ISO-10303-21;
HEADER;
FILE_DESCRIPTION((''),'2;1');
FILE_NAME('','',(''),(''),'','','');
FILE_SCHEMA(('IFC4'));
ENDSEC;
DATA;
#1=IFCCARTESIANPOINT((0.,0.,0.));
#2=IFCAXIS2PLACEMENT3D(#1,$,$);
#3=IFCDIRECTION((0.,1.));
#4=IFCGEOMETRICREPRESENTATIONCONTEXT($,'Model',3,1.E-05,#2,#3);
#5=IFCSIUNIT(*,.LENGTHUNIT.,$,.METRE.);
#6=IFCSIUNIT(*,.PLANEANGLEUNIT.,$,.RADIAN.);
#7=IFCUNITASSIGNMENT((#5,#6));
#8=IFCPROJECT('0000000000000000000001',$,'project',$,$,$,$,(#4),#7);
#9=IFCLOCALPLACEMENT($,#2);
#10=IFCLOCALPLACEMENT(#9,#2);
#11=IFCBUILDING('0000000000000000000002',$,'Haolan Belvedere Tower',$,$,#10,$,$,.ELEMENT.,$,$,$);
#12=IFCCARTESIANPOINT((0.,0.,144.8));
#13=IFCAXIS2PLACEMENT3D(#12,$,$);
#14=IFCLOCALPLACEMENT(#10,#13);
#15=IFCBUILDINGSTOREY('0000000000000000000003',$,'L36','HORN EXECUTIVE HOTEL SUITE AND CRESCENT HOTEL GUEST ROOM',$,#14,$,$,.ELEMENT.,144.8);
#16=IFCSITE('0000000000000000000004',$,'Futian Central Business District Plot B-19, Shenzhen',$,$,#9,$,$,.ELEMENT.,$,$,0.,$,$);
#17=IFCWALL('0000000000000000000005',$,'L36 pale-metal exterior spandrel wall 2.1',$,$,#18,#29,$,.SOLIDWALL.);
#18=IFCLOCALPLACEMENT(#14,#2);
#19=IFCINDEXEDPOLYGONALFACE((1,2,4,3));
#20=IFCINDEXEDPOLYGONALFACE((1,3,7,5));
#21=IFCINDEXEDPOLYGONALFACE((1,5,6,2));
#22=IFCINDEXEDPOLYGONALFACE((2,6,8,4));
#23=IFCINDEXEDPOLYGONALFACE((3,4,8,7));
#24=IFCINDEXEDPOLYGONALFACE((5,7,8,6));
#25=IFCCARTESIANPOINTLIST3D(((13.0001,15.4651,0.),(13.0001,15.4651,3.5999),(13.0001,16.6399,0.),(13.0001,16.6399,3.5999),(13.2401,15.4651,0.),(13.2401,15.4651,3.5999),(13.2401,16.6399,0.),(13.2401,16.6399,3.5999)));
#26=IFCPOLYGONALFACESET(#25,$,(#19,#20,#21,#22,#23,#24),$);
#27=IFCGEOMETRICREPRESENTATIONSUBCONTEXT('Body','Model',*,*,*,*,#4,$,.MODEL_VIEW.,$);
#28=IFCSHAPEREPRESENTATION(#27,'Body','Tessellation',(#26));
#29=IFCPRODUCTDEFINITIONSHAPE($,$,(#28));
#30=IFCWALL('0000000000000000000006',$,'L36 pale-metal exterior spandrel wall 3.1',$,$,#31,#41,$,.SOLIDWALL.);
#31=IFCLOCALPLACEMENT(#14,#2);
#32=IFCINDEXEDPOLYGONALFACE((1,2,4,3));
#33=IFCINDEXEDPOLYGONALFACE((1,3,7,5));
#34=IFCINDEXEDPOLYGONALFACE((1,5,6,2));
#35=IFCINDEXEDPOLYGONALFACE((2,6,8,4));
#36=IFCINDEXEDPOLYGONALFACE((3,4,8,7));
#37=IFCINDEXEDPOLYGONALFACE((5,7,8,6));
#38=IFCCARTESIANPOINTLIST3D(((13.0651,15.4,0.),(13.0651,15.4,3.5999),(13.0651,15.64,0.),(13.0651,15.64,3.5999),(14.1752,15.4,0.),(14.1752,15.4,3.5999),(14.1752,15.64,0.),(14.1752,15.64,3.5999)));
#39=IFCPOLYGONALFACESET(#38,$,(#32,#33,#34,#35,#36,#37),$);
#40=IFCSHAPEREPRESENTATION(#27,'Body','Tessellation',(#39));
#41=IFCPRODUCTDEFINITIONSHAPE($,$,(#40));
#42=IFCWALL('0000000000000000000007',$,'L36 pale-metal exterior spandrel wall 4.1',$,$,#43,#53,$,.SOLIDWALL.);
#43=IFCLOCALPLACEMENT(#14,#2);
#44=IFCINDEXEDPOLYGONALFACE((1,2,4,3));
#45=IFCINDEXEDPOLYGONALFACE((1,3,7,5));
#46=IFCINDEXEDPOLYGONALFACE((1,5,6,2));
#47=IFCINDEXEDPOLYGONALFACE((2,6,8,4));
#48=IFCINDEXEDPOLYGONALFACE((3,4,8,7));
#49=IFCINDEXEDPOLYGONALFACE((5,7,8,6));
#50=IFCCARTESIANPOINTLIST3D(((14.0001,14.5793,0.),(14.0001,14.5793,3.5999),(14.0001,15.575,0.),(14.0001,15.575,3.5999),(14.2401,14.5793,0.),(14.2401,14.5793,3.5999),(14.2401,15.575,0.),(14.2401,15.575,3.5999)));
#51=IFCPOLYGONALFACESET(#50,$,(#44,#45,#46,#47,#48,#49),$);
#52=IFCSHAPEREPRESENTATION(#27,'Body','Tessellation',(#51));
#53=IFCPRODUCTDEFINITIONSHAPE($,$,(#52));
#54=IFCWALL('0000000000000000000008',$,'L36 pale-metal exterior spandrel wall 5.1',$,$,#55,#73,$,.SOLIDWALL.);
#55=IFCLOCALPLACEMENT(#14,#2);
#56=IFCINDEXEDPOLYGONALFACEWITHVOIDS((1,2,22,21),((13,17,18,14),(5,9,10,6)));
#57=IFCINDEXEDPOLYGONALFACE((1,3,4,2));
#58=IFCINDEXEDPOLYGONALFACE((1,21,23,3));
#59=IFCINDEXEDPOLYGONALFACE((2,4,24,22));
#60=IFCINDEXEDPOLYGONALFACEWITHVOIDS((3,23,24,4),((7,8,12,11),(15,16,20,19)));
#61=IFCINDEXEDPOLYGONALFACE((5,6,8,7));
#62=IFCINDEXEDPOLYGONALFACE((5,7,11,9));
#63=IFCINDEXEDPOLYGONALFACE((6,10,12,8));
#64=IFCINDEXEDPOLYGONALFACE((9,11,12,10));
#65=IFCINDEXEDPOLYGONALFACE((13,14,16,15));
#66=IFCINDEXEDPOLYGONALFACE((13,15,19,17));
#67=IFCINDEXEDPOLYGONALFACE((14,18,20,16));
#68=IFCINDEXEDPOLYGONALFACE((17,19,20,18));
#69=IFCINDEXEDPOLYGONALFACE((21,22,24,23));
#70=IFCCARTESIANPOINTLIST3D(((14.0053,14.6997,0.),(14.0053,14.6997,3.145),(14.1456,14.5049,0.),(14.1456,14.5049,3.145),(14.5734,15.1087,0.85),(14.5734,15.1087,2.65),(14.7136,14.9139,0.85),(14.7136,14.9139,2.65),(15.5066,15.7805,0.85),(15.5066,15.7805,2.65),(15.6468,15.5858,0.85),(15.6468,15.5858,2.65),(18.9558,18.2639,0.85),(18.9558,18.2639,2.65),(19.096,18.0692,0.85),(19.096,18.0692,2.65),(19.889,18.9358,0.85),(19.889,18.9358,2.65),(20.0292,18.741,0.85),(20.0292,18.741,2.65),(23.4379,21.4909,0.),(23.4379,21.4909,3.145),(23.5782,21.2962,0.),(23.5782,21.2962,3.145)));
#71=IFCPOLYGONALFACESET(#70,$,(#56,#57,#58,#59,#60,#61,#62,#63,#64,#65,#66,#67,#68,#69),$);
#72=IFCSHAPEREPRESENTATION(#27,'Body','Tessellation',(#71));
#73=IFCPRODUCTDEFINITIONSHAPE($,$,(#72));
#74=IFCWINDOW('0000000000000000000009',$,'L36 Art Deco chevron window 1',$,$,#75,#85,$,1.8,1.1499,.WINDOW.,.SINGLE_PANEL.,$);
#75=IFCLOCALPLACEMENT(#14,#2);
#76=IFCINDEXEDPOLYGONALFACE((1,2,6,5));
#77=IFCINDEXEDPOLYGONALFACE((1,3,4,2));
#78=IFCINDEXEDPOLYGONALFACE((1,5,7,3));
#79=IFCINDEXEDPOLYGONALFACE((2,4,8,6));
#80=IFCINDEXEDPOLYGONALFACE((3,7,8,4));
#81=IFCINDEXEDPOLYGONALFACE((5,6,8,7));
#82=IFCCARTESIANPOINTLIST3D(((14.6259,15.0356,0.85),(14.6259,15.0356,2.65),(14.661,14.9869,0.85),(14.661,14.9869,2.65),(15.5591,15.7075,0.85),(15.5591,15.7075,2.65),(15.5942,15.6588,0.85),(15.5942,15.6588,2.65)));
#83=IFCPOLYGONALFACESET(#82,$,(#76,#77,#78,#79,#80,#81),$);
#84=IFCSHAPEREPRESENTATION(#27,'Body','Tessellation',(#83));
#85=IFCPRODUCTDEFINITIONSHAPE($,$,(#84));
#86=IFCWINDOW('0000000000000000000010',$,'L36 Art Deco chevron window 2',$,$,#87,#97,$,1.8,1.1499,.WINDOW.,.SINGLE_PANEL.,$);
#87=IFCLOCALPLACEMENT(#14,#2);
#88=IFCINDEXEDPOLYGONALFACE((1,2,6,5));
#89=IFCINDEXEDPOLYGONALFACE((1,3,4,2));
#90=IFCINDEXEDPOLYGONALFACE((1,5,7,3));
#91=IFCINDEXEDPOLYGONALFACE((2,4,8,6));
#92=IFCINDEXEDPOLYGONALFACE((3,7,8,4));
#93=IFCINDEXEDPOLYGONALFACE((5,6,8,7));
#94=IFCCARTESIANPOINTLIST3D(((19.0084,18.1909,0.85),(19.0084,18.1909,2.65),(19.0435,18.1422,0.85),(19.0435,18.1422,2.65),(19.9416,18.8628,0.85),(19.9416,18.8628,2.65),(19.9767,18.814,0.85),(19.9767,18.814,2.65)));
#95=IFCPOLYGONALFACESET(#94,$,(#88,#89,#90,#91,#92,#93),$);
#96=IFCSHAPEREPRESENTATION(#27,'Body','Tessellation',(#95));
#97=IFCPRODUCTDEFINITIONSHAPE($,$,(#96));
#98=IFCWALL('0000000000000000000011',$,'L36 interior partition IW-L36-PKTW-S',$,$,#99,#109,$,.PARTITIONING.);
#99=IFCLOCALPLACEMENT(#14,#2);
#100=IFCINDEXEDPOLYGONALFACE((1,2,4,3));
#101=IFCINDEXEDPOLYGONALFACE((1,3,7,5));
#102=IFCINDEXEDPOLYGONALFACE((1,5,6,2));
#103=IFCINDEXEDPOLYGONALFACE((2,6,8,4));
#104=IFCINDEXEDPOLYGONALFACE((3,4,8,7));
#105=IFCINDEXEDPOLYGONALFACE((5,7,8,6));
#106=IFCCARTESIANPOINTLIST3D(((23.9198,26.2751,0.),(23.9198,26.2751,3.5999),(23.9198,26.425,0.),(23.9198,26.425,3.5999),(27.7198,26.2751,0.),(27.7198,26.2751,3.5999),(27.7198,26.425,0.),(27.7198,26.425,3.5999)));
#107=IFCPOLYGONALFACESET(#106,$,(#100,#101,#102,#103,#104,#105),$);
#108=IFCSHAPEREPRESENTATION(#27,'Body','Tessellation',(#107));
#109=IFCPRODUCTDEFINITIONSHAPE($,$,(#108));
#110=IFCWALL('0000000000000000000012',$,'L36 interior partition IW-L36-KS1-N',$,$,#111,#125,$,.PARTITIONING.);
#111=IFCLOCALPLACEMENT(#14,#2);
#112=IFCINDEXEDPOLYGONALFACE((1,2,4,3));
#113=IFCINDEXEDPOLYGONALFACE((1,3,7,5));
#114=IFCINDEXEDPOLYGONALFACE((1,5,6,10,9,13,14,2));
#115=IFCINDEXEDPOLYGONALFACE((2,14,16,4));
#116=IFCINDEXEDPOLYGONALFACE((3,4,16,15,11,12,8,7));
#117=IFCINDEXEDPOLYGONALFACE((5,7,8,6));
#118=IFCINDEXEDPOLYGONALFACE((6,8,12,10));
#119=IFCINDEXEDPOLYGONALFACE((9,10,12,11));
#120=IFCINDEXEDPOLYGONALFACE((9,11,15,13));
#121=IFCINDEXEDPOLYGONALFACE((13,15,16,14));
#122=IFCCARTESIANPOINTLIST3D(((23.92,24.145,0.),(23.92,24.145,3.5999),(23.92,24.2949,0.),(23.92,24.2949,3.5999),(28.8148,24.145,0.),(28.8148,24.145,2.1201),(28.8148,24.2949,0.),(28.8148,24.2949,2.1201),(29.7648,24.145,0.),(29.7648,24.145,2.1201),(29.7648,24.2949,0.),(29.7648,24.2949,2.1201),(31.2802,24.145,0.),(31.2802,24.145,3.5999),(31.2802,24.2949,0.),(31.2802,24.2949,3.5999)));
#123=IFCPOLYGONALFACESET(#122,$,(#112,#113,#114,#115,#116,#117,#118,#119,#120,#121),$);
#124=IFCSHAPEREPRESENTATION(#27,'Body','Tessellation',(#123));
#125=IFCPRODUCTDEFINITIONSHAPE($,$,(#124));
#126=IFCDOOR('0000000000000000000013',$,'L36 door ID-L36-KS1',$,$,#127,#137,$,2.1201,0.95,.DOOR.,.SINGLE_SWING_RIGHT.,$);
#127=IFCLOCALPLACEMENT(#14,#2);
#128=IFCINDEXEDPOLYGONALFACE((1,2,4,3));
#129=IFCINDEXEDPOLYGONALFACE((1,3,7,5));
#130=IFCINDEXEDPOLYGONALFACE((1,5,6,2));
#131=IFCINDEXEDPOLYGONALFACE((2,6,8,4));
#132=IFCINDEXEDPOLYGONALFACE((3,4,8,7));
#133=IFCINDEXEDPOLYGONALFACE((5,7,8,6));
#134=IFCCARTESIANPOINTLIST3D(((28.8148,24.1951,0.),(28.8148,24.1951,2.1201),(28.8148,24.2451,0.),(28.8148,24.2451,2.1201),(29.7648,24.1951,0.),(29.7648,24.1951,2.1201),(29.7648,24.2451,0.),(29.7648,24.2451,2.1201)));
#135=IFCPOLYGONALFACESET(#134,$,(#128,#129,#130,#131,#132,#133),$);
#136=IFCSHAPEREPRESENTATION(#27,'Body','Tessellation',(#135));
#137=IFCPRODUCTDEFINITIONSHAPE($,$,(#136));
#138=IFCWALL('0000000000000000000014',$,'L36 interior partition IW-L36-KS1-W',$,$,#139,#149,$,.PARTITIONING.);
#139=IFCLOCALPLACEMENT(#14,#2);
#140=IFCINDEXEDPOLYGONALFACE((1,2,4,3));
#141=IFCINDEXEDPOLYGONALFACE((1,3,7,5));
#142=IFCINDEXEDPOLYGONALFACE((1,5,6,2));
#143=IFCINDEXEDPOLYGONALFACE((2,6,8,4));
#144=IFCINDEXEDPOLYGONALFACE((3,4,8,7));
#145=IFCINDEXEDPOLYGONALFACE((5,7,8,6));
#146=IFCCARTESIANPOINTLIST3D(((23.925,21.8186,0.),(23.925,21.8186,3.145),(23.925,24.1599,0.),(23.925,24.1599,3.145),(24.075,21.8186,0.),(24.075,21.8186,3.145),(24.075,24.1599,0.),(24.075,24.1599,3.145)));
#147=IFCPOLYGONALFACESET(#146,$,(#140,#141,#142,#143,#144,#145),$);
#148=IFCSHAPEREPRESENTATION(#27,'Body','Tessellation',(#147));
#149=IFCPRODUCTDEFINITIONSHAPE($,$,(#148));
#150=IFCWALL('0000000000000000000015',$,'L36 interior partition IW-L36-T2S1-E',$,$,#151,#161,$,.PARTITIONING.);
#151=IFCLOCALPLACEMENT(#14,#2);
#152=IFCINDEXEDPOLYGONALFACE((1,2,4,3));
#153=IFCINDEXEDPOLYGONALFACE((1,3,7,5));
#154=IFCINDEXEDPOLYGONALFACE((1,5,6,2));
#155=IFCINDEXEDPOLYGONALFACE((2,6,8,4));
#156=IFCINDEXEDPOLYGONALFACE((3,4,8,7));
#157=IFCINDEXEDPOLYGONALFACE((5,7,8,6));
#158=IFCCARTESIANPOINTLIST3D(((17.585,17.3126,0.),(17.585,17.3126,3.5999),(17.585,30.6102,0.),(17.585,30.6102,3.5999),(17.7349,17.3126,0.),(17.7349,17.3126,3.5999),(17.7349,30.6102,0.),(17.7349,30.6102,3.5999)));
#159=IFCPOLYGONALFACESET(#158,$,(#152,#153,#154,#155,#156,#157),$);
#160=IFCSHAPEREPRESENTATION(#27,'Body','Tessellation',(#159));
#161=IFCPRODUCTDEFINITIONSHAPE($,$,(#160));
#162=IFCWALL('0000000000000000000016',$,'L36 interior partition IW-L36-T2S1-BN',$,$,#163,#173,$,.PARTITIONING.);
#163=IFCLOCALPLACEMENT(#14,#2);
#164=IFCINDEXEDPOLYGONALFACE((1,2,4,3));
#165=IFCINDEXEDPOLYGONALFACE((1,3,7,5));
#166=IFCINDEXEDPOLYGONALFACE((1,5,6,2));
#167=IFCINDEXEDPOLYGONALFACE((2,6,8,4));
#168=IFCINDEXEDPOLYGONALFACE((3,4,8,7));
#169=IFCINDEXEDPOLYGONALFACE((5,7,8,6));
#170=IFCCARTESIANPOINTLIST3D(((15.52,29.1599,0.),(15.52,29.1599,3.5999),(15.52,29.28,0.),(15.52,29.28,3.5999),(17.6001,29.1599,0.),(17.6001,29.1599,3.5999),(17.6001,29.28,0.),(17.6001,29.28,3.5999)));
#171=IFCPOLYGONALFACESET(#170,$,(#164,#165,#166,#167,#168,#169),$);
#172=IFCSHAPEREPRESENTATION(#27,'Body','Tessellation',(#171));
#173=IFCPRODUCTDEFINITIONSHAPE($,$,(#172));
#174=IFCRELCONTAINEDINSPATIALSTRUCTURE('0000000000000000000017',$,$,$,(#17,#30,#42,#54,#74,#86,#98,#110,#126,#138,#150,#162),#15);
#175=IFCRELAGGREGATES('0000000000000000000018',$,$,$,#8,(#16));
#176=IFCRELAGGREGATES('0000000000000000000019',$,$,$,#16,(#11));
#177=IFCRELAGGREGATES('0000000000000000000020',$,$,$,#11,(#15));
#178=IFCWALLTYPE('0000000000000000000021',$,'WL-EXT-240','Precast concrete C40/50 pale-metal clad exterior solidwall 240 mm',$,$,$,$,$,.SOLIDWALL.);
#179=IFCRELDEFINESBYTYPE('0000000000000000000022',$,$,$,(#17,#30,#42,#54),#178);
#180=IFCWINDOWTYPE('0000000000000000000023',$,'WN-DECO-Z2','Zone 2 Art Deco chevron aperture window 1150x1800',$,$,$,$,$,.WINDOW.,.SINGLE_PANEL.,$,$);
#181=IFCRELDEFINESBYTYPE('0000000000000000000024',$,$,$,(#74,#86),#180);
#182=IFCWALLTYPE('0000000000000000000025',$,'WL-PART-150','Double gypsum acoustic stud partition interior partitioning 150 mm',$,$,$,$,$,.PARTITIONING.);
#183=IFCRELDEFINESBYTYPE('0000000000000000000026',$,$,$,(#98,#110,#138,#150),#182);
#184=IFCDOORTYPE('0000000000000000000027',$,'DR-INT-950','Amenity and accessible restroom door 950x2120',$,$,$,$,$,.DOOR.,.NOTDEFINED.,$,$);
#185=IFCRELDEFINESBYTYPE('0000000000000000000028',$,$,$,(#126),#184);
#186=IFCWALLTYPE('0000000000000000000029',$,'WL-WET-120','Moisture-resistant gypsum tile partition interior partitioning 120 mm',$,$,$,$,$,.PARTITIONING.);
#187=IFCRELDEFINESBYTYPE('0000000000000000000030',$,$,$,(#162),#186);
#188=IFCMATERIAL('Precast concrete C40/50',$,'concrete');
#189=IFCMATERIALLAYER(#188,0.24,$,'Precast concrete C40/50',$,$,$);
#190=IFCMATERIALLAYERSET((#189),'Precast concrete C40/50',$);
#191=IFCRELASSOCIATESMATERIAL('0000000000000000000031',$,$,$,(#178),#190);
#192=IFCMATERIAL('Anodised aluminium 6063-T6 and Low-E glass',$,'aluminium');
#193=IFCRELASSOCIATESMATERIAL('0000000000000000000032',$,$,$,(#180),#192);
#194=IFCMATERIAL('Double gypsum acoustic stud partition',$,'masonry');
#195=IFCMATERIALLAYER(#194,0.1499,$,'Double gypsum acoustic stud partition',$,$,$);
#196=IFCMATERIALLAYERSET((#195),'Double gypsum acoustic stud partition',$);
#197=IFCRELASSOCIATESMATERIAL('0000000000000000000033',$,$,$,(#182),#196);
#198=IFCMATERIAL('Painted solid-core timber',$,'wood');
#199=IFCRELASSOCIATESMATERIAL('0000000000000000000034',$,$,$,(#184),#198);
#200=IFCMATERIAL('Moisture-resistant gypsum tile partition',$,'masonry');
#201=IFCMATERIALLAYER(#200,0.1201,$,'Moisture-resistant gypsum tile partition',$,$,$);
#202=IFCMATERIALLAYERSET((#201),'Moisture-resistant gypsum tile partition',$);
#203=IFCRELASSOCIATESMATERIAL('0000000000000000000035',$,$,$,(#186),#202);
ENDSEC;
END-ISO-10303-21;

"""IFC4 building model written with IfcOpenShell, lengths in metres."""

from ifc_helpers import new_model, si_unit, direction, frame, frame_2d, origin, place, context, subcontext, project, spatial, rectangle, extrude, material, layer, layer_set, type_object, element, fill, save


model = new_model("IFC4")

# Units and contexts
model_context = context("Model", 3, precision=1e-05, world=origin(), true_north=direction((0.0, 1.0)))
body_context = subcontext(model_context, "Body", "Model", "MODEL_VIEW")
ifc_project = project(units=[si_unit("LENGTHUNIT", "METRE"), si_unit("PLANEANGLEUNIT", "RADIAN")], contexts=[model_context])

# Site, building, storey
site_placement = place(None, origin())
site = spatial("IfcSite", under=ifc_project, at=site_placement, Name="Futian Central Business District Plot B-19, Shenzhen", CompositionType="ELEMENT", RefElevation=0.0)
building_placement = place(site_placement, origin())
building = spatial("IfcBuilding", under=site, at=building_placement, Name="Haolan Belvedere Tower", CompositionType="ELEMENT")
storey_placement = place(building_placement, frame((0.0, 0.0, 144.8)))
storey = spatial("IfcBuildingStorey", under=building, at=storey_placement, Name="L36", Description="HORN EXECUTIVE HOTEL SUITE AND CRESCENT HOTEL GUEST ROOM", CompositionType="ELEMENT", Elevation=144.8)

# Walls
ifc_material_1 = material(Name="Precast concrete C40/50", Category="concrete")
ifc_layer_1 = layer(ifc_material_1, 0.24, Name="Precast concrete C40/50")
ifc_layer_set_1 = layer_set([ifc_layer_1], Name="Precast concrete C40/50")
wall_type_1 = type_object("IfcWallType", Name="WL-EXT-240", Description="Precast concrete C40/50 pale-metal clad exterior solidwall 240 mm", PredefinedType="SOLIDWALL", material=ifc_layer_set_1)
wall_1_placement = place(storey_placement, frame((13.1201, 16.6399, 0.0), z_axis=(0.0, 0.0, 1.0), x_axis=(0.0, -1.0, 0.0)))
element("IfcWall", 1, at=wall_1_placement, inside=storey, type_object=wall_type_1, Name="L36 pale-metal exterior spandrel wall 2.1", PredefinedType="SOLIDWALL", context=body_context, shape_type="SweptSolid", body=[
    extrude(rectangle(XDim=1.1748, YDim=0.24, at=frame_2d((0.5874, 0.0))), origin(), (0.0, 0.0, 1.0), 3.5999),
])
wall_2_placement = place(storey_placement, frame((13.0649, 15.52, 0.0), z_axis=(0.0, 0.0, 1.0), x_axis=(1.0, 0.0, 0.0)))
element("IfcWall", 2, at=wall_2_placement, inside=storey, type_object=wall_type_1, Name="L36 pale-metal exterior spandrel wall 3.1", PredefinedType="SOLIDWALL", context=body_context, shape_type="SweptSolid", body=[
    extrude(rectangle(XDim=1.1101, YDim=0.24, at=frame_2d((0.5552, 0.0))), origin(), (0.0, 0.0, 1.0), 3.5999),
])
wall_3_placement = place(storey_placement, frame((14.1201, 15.575, 0.0), z_axis=(0.0, 0.0, 1.0), x_axis=(0.0, -1.0, 0.0)))
element("IfcWall", 3, at=wall_3_placement, inside=storey, type_object=wall_type_1, Name="L36 pale-metal exterior spandrel wall 4.1", PredefinedType="SOLIDWALL", context=body_context, shape_type="SweptSolid", body=[
    extrude(rectangle(XDim=0.9956, YDim=0.24, at=frame_2d((0.4978, 0.0))), origin(), (0.0, 0.0, 1.0), 3.5999),
])

# Wall, openings, windows
wall_4_placement = place(storey_placement, frame((14.0754, 14.6023, 0.0), z_axis=(0.0, 0.0, 1.0), x_axis=(0.811544, 0.584292, 0.0)))
wall_4 = element("IfcWall", 4, at=wall_4_placement, inside=storey, type_object=wall_type_1, Name="L36 pale-metal exterior spandrel wall 5.1", PredefinedType="SOLIDWALL", context=body_context, shape_type="SweptSolid", body=[
    extrude(rectangle(XDim=11.623, YDim=0.24, at=frame_2d((5.8115, 0.0))), origin(), (0.0, 0.0, 1.0), 3.145),
])
opening_1_placement = place(wall_4_placement, frame((0.7, 0.0, 0.8501)))
opening_1 = element("IfcOpeningElement", 5, at=opening_1_placement, cuts=wall_4, PredefinedType="OPENING", context=body_context, shape_type="SweptSolid", body=[
    extrude(rectangle(XDim=1.1499, YDim=1.8, at=frame_2d((0.575, 0.8999))), frame((0.0, 0.1299, 0.0), z_axis=(0.0, -1.0, 0.0), x_axis=(1.0, 0.0, 0.0)), (0.0, 0.0, 1.0), 0.26),
])
opening_2_placement = place(wall_4_placement, frame((6.1001, 0.0, 0.8501)))
opening_2 = element("IfcOpeningElement", 6, at=opening_2_placement, cuts=wall_4, PredefinedType="OPENING", context=body_context, shape_type="SweptSolid", body=[
    extrude(rectangle(XDim=1.1499, YDim=1.8, at=frame_2d((0.575, 0.8999))), frame((0.0, 0.1299, 0.0), z_axis=(0.0, -1.0, 0.0), x_axis=(1.0, 0.0, 0.0)), (0.0, 0.0, 1.0), 0.26),
])
ifc_material_2 = material(Name="Anodised aluminium 6063-T6 and Low-E glass", Category="aluminium")
window_type = type_object("IfcWindowType", Name="WN-DECO-Z2", Description="Zone 2 Art Deco chevron aperture window 1150x1800", PartitioningType="SINGLE_PANEL", PredefinedType="WINDOW", material=ifc_material_2)
window_1_placement = place(opening_1_placement, origin())
window_1 = element("IfcWindow", 7, at=window_1_placement, inside=storey, type_object=window_type, Name="L36 Art Deco chevron window 1", OverallHeight=1.8, OverallWidth=1.1499, PartitioningType="SINGLE_PANEL", PredefinedType="WINDOW", context=body_context, shape_type="SweptSolid", body=[
    extrude(rectangle(XDim=1.1499, YDim=1.8, at=frame_2d((0.575, 0.8999))), frame((0.0, 0.03, 0.0), z_axis=(0.0, -1.0, 0.0), x_axis=(1.0, 0.0, 0.0)), (0.0, 0.0, 1.0), 0.0601),
])
fill(opening_1, window_1)
window_2_placement = place(opening_2_placement, origin())
window_2 = element("IfcWindow", 8, at=window_2_placement, inside=storey, type_object=window_type, Name="L36 Art Deco chevron window 2", OverallHeight=1.8, OverallWidth=1.1499, PartitioningType="SINGLE_PANEL", PredefinedType="WINDOW", context=body_context, shape_type="SweptSolid", body=[
    extrude(rectangle(XDim=1.1499, YDim=1.8, at=frame_2d((0.575, 0.8999))), frame((0.0, 0.03, 0.0), z_axis=(0.0, -1.0, 0.0), x_axis=(1.0, 0.0, 0.0)), (0.0, 0.0, 1.0), 0.0601),
])
fill(opening_2, window_2)

# Wall
ifc_material_3 = material(Name="Double gypsum acoustic stud partition", Category="masonry")
ifc_layer_2 = layer(ifc_material_3, 0.1499, Name="Double gypsum acoustic stud partition")
ifc_layer_set_2 = layer_set([ifc_layer_2], Name="Double gypsum acoustic stud partition")
wall_type_2 = type_object("IfcWallType", Name="WL-PART-150", Description="Double gypsum acoustic stud partition interior partitioning 150 mm", PredefinedType="PARTITIONING", material=ifc_layer_set_2)
wall_5_placement = place(storey_placement, frame((23.9199, 26.3501, 0.0), z_axis=(0.0, 0.0, 1.0), x_axis=(1.0, 0.0, 0.0)))
element("IfcWall", 9, at=wall_5_placement, inside=storey, type_object=wall_type_2, Name="L36 interior partition IW-L36-PKTW-S", PredefinedType="PARTITIONING", context=body_context, shape_type="SweptSolid", body=[
    extrude(rectangle(XDim=3.8, YDim=0.1499, at=frame_2d((1.8999, 0.0))), origin(), (0.0, 0.0, 1.0), 3.5999),
])

# Wall, opening, door
wall_6_placement = place(storey_placement, frame((23.9199, 24.22, 0.0), z_axis=(0.0, 0.0, 1.0), x_axis=(1.0, 0.0, 0.0)))
wall_6 = element("IfcWall", 10, at=wall_6_placement, inside=storey, type_object=wall_type_2, Name="L36 interior partition IW-L36-KS1-N", PredefinedType="PARTITIONING", context=body_context, shape_type="SweptSolid", body=[
    extrude(rectangle(XDim=7.3601, YDim=0.1499, at=frame_2d((3.6802, 0.0))), origin(), (0.0, 0.0, 1.0), 3.5999),
])
opening_3_placement = place(wall_6_placement, frame((5.845, 0.0, 0.0), z_axis=(0.0, 0.0, 1.0), x_axis=(-1.0, 0.0, 0.0)))
opening_3 = element("IfcOpeningElement", 11, at=opening_3_placement, cuts=wall_6, PredefinedType="OPENING", context=body_context, shape_type="SweptSolid", body=[
    extrude(rectangle(XDim=0.95, YDim=2.1201, at=frame_2d((0.4751, 1.0601))), frame((0.0, 0.085, 0.0), z_axis=(0.0, -1.0, 0.0), x_axis=(1.0, 0.0, 0.0)), (0.0, 0.0, 1.0), 0.1699),
])
ifc_material_4 = material(Name="Painted solid-core timber", Category="wood")
door_type_1 = type_object("IfcDoorType", Name="DR-INT-950", Description="Amenity and accessible restroom door 950x2120", OperationType="NOTDEFINED", PredefinedType="DOOR", material=ifc_material_4)
door_1_placement = place(opening_3_placement, origin())
door_1 = element("IfcDoor", 12, at=door_1_placement, inside=storey, type_object=door_type_1, Name="L36 door ID-L36-KS1", OperationType="SINGLE_SWING_RIGHT", OverallHeight=2.1201, OverallWidth=0.95, PredefinedType="DOOR", context=body_context, shape_type="SweptSolid", body=[
    extrude(rectangle(XDim=0.95, YDim=2.1201, at=frame_2d((0.4751, 1.0601))), frame((0.0, 0.0249, 0.0), z_axis=(0.0, -1.0, 0.0), x_axis=(1.0, 0.0, 0.0)), (0.0, 0.0, 1.0), 0.05),
])
fill(opening_3, door_1)

# Walls
wall_7_placement = place(storey_placement, frame((24.0, 21.8186, 0.0), z_axis=(0.0, 0.0, 1.0), x_axis=(0.0, 1.0, 0.0)))
element("IfcWall", 13, at=wall_7_placement, inside=storey, type_object=wall_type_2, Name="L36 interior partition IW-L36-KS1-W", PredefinedType="PARTITIONING", context=body_context, shape_type="SweptSolid", body=[
    extrude(rectangle(XDim=2.3413, YDim=0.1499, at=frame_2d((1.1707, 0.0))), origin(), (0.0, 0.0, 1.0), 3.145),
])
wall_8_placement = place(storey_placement, frame((17.6599, 17.3125, 0.0), z_axis=(0.0, 0.0, 1.0), x_axis=(0.0, 1.0, 0.0)))
element("IfcWall", 14, at=wall_8_placement, inside=storey, type_object=wall_type_2, Name="L36 interior partition IW-L36-T2S1-E", PredefinedType="PARTITIONING", context=body_context, shape_type="SweptSolid", body=[
    extrude(rectangle(XDim=13.2976, YDim=0.1499, at=frame_2d((6.6489, 0.0))), origin(), (0.0, 0.0, 1.0), 3.5999),
])
ifc_material_5 = material(Name="Moisture-resistant gypsum tile partition", Category="masonry")
ifc_layer_3 = layer(ifc_material_5, 0.1201, Name="Moisture-resistant gypsum tile partition")
ifc_layer_set_3 = layer_set([ifc_layer_3], Name="Moisture-resistant gypsum tile partition")
wall_type_3 = type_object("IfcWallType", Name="WL-WET-120", Description="Moisture-resistant gypsum tile partition interior partitioning 120 mm", PredefinedType="PARTITIONING", material=ifc_layer_set_3)
for number, where, z_axis, x_axis, name in (
    (15, (15.52, 29.22, 0.0), (0.0, 0.0, 1.0), (1.0, 0.0, 0.0), "L36 interior partition IW-L36-T2S1-BN"),
):
    element("IfcWall", number, at=place(storey_placement, frame(where, z_axis=z_axis, x_axis=x_axis)), inside=storey, type_object=wall_type_3, Name=name, PredefinedType="PARTITIONING", context=body_context, shape_type="SweptSolid", body=[
        extrude(rectangle(XDim=2.0801, YDim=0.1201, at=frame_2d((1.04, 0.0))), origin(), (0.0, 0.0, 1.0), 3.5999),
    ])

save(model, "model.ifc")
